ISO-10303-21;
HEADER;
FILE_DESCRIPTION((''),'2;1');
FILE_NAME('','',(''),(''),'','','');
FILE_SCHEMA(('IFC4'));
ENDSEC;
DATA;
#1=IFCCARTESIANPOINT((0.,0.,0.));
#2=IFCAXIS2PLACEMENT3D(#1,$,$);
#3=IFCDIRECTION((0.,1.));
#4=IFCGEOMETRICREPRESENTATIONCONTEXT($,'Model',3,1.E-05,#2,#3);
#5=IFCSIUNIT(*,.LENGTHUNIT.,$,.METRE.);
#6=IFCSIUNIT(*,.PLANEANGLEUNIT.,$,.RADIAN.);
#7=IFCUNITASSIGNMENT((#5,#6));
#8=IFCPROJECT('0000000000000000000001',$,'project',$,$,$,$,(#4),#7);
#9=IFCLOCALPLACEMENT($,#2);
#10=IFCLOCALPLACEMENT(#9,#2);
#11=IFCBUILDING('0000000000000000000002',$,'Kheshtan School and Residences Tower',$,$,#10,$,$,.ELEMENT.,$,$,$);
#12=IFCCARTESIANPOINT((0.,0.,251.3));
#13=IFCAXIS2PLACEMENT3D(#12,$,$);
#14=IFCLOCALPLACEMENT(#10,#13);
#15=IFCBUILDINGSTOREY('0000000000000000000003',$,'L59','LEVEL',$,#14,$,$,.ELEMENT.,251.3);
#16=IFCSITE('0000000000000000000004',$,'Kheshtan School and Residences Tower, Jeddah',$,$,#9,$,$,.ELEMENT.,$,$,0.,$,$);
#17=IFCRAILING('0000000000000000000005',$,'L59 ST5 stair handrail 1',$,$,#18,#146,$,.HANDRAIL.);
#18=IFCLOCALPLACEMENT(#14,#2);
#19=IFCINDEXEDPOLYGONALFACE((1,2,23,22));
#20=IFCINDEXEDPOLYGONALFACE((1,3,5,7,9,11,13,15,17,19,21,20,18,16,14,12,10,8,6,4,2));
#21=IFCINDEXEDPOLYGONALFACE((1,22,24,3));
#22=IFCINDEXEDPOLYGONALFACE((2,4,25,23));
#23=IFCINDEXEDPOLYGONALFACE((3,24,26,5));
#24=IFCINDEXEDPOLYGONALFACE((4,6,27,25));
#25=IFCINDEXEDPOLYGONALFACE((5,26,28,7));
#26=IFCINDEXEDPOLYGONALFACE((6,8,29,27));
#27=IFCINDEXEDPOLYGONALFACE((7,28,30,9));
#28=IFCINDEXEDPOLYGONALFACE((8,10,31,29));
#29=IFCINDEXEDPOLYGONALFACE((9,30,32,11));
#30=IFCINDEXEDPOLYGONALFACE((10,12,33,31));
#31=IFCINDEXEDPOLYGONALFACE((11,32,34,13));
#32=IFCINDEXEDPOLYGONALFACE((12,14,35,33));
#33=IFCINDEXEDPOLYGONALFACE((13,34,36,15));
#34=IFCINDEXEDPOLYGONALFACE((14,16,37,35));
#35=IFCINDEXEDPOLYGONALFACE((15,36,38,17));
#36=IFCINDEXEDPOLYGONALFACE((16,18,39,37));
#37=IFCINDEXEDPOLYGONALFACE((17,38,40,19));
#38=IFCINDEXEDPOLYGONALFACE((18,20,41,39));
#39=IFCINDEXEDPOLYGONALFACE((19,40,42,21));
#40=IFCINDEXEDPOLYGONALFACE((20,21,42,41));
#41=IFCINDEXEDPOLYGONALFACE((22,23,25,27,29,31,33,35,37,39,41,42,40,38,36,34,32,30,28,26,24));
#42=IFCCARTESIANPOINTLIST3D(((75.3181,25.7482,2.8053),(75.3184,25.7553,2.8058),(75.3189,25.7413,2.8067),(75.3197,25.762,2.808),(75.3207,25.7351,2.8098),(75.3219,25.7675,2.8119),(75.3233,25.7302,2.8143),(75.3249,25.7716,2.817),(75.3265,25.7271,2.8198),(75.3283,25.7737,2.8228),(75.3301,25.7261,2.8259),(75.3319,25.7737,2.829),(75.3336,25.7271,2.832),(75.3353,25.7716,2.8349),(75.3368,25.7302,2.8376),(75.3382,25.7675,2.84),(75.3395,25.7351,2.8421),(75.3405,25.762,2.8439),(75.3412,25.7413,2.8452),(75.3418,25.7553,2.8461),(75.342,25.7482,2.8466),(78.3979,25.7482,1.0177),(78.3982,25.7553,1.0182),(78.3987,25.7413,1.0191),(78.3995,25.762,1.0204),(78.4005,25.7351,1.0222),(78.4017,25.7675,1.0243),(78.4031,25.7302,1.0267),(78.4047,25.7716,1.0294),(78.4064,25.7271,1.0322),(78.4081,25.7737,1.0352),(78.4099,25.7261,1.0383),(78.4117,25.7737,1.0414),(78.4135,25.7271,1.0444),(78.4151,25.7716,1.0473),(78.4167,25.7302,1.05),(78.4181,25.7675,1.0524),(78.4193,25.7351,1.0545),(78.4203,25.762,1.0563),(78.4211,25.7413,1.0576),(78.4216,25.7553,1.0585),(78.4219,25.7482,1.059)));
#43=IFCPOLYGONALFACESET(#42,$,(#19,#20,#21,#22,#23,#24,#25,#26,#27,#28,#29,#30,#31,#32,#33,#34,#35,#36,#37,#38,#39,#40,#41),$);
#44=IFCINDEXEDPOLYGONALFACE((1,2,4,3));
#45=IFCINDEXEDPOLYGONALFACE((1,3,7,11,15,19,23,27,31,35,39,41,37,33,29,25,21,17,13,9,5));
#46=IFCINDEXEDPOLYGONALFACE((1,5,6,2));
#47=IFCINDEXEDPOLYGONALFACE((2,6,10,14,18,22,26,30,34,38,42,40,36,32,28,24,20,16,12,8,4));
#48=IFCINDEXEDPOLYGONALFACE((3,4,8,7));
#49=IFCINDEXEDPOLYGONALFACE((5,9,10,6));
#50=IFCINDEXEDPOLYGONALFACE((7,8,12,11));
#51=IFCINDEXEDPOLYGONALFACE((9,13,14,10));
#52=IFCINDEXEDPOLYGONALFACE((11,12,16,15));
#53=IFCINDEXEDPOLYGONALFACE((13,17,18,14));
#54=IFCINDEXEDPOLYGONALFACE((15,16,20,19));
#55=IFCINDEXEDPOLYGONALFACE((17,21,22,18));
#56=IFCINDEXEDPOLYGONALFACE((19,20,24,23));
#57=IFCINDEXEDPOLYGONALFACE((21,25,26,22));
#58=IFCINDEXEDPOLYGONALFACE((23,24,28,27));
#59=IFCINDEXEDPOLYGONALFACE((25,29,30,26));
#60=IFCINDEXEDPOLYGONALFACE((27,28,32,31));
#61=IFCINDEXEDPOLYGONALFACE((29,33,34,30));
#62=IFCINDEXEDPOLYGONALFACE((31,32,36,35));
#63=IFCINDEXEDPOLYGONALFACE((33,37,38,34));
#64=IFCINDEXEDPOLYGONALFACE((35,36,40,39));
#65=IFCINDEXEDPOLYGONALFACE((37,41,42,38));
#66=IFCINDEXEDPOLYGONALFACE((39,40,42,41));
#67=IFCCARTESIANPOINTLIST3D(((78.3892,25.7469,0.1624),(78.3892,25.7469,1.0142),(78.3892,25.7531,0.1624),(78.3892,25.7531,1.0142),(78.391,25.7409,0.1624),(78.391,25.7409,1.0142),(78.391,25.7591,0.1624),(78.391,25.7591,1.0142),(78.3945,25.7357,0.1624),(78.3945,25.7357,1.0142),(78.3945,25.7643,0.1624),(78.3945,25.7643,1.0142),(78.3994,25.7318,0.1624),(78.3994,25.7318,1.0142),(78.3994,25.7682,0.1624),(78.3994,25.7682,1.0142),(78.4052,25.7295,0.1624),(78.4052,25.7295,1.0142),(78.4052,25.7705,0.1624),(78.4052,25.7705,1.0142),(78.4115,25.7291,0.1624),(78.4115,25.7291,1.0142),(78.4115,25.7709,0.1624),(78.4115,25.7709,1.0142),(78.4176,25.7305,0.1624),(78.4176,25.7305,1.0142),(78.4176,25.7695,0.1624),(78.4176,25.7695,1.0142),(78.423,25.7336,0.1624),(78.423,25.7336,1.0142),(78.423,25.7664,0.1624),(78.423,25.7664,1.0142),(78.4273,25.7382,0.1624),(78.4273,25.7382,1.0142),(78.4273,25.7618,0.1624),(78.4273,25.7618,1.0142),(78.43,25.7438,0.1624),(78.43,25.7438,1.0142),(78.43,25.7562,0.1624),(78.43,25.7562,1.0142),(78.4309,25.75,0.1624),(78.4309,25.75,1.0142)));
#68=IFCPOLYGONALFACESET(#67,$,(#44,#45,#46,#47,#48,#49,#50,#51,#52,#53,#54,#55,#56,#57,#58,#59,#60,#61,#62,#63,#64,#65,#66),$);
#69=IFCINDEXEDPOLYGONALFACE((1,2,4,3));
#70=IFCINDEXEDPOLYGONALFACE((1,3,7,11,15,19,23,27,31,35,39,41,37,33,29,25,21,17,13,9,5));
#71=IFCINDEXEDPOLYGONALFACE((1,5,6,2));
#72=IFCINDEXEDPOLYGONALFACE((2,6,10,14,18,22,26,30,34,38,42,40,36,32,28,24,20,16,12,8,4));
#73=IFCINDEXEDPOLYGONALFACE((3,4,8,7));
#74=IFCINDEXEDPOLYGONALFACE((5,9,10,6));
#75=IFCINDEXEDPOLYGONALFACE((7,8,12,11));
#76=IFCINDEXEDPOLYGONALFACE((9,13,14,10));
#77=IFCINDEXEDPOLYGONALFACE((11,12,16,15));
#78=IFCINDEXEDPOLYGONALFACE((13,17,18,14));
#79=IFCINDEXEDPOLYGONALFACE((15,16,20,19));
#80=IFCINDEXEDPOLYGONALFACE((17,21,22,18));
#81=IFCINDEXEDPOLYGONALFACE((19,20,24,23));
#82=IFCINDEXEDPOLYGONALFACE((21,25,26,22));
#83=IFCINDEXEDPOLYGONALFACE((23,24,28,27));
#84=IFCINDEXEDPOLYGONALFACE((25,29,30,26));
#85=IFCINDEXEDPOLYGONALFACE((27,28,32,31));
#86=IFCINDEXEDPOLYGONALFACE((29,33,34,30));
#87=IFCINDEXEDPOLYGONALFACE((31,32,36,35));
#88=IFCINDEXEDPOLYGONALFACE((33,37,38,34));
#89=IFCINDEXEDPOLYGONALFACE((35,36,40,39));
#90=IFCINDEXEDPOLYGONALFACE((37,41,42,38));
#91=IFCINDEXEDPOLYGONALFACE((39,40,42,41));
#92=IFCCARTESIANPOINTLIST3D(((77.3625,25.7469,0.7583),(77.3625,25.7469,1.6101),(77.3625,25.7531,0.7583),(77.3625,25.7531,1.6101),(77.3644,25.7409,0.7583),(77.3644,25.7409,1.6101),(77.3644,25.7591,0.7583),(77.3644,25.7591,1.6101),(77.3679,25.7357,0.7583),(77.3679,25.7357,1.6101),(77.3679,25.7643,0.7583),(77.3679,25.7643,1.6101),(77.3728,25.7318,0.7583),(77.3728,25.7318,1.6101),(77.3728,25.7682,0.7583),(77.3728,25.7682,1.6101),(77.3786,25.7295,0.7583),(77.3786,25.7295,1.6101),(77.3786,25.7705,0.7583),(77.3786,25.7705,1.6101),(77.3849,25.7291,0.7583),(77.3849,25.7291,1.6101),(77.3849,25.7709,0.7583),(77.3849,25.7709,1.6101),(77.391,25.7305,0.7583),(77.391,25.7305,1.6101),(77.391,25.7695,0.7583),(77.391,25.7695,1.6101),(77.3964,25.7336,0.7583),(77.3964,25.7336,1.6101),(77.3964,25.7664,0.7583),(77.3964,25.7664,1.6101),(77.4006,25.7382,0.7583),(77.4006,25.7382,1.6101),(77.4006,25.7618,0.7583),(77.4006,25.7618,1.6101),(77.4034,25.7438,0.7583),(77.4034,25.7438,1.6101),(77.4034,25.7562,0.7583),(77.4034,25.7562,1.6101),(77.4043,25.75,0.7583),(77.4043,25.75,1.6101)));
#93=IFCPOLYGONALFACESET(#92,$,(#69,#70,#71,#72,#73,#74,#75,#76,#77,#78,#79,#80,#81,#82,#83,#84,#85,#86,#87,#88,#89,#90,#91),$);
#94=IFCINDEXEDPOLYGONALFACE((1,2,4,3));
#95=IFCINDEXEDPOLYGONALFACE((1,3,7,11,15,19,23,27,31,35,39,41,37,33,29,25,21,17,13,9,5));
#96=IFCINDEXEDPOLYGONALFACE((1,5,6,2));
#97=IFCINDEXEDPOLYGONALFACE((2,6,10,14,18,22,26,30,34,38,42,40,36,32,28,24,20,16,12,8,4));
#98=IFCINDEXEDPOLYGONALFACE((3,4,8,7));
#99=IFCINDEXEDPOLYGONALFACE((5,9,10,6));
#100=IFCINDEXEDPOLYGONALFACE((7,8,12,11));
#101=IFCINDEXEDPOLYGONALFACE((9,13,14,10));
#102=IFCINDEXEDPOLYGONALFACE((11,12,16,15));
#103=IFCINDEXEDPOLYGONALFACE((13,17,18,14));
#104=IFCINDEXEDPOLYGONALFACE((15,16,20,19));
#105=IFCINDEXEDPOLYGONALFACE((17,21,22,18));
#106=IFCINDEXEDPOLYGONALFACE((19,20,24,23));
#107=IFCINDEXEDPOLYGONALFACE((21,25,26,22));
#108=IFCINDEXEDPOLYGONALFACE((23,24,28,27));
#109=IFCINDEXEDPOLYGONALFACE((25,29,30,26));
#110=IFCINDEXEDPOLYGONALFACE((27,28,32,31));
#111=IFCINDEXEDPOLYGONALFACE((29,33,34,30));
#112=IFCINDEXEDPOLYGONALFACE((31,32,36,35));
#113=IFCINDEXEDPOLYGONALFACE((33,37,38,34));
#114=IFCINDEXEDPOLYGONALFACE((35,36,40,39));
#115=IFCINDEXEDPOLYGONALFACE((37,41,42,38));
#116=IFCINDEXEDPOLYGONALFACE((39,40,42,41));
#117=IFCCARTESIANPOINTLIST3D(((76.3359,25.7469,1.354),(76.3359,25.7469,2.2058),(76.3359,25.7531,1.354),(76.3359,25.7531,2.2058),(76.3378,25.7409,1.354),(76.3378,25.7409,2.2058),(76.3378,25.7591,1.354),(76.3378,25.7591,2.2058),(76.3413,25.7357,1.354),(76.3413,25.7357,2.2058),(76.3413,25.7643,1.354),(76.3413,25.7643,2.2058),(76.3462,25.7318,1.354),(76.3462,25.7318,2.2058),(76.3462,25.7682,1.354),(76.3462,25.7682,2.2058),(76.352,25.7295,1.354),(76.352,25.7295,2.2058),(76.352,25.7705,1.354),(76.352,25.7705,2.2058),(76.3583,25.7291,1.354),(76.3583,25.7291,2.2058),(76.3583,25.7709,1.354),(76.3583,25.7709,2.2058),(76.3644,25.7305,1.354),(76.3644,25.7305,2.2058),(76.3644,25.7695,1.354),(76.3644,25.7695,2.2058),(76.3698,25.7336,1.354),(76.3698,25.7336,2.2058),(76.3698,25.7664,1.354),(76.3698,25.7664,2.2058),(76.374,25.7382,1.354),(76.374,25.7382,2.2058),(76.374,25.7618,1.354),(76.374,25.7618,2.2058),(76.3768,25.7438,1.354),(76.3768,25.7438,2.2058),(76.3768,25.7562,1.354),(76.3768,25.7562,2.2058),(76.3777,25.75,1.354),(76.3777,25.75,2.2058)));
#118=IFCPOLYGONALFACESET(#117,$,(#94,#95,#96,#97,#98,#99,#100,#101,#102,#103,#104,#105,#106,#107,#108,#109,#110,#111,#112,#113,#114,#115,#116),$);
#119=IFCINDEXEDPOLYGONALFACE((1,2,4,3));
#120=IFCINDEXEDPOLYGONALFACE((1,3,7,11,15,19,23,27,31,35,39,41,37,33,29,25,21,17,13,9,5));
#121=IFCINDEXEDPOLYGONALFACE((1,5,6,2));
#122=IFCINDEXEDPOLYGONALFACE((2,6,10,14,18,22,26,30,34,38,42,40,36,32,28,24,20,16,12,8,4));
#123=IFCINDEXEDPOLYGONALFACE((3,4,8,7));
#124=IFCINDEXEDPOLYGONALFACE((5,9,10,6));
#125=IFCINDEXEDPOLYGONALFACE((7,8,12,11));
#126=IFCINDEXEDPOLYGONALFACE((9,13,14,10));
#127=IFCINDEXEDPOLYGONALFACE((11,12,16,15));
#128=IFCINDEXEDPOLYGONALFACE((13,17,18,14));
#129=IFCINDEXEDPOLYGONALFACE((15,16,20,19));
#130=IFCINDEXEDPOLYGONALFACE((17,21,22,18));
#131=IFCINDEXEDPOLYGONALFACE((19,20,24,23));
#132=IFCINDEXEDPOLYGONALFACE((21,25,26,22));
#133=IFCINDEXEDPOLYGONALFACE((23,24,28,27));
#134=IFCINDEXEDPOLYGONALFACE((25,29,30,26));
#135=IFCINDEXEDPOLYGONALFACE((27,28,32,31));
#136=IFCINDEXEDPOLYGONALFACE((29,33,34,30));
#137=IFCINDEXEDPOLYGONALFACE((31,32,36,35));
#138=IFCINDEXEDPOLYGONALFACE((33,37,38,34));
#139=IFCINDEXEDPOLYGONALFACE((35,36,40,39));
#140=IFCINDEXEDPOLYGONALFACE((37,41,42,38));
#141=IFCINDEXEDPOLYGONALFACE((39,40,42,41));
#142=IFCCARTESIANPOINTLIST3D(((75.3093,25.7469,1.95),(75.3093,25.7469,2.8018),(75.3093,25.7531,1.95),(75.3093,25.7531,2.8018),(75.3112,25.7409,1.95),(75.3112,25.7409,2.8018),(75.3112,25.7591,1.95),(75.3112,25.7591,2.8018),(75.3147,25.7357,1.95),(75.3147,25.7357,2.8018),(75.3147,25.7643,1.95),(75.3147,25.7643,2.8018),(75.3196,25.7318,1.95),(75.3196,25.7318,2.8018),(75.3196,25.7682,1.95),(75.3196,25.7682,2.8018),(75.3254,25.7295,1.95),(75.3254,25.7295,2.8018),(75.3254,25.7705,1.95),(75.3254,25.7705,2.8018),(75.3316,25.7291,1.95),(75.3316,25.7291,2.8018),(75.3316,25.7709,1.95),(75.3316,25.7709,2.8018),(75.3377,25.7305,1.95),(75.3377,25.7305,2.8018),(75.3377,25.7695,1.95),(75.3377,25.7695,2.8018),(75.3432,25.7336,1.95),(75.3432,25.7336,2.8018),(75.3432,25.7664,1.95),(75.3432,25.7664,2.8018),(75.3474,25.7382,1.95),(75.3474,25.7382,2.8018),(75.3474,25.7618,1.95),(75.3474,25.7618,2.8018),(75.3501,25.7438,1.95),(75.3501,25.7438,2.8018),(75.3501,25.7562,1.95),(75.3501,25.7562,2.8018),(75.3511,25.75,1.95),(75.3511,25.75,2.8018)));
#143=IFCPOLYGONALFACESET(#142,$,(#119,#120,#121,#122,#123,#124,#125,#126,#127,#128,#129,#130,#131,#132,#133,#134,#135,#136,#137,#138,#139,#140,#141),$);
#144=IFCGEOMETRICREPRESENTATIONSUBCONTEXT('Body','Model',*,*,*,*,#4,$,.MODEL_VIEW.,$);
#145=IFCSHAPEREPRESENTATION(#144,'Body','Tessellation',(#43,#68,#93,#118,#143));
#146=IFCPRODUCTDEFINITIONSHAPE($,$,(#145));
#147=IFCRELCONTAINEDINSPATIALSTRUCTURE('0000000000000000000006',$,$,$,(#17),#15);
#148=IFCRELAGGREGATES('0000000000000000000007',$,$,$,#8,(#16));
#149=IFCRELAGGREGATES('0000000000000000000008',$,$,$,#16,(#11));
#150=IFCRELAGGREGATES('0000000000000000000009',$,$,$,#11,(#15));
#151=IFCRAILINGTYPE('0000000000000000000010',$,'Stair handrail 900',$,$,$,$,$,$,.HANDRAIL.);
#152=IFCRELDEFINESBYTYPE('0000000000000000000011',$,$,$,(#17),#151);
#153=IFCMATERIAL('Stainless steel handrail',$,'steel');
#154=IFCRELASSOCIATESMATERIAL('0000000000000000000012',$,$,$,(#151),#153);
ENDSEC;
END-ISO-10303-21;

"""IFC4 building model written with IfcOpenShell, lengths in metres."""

from ifc_helpers import new_model, si_unit, direction, frame, origin, origin_2d, place, context, subcontext, project, spatial, circle, extrude, material, type_object, element, save


model = new_model("IFC4")

# Units and contexts
model_context = context("Model", 3, precision=1e-05, world=origin(), true_north=direction((0.0, 1.0)))
body_context = subcontext(model_context, "Body", "Model", "MODEL_VIEW")
ifc_project = project(units=[si_unit("LENGTHUNIT", "METRE"), si_unit("PLANEANGLEUNIT", "RADIAN")], contexts=[model_context])

# Site, building, storey
site_placement = place(None, origin())
site = spatial("IfcSite", under=ifc_project, at=site_placement, Name="Kheshtan School and Residences Tower, Jeddah", CompositionType="ELEMENT", RefElevation=0.0)
building_placement = place(site_placement, origin())
building = spatial("IfcBuilding", under=site, at=building_placement, Name="Kheshtan School and Residences Tower", CompositionType="ELEMENT")
storey_placement = place(building_placement, frame((0.0, 0.0, 251.3)))
storey = spatial("IfcBuildingStorey", under=building, at=storey_placement, Name="L59", Description="LEVEL", CompositionType="ELEMENT", Elevation=251.3)

# Railing
ifc_material_1 = material(Name="Stainless steel handrail", Category="steel")
railing_type_1 = type_object("IfcRailingType", Name="Stair handrail 900", PredefinedType="HANDRAIL", material=ifc_material_1)
railing_1_placement = place(storey_placement, frame((78.4099, 25.75, 0.1624)))
element("IfcRailing", 1, at=railing_1_placement, inside=storey, type_object=railing_type_1, Name="L59 ST5 stair handrail 1", PredefinedType="HANDRAIL", context=body_context, shape_type="SweptSolid", body=[
    extrude(circle(Radius=0.0239, at=origin_2d()), frame((0.0, 0.0, 0.876), z_axis=(-0.864873, 0.0, 0.50199), x_axis=(0.0, -1.0, 0.0)), (0.0, 0.0, 1.0), 3.561),
    extrude(circle(Radius=0.021, at=origin_2d()), origin(), (0.0, 0.0, 1.0), 0.8518),
    extrude(circle(Radius=0.021, at=origin_2d()), frame((-1.0266, 0.0, 0.5959)), (0.0, 0.0, 1.0), 0.8518),
    extrude(circle(Radius=0.021, at=origin_2d()), frame((-2.0532, 0.0, 1.1917)), (0.0, 0.0, 1.0), 0.8518),
    extrude(circle(Radius=0.021, at=origin_2d()), frame((-3.0798, 0.0, 1.7876)), (0.0, 0.0, 1.0), 0.8518),
])

save(model, "model.ifc")
